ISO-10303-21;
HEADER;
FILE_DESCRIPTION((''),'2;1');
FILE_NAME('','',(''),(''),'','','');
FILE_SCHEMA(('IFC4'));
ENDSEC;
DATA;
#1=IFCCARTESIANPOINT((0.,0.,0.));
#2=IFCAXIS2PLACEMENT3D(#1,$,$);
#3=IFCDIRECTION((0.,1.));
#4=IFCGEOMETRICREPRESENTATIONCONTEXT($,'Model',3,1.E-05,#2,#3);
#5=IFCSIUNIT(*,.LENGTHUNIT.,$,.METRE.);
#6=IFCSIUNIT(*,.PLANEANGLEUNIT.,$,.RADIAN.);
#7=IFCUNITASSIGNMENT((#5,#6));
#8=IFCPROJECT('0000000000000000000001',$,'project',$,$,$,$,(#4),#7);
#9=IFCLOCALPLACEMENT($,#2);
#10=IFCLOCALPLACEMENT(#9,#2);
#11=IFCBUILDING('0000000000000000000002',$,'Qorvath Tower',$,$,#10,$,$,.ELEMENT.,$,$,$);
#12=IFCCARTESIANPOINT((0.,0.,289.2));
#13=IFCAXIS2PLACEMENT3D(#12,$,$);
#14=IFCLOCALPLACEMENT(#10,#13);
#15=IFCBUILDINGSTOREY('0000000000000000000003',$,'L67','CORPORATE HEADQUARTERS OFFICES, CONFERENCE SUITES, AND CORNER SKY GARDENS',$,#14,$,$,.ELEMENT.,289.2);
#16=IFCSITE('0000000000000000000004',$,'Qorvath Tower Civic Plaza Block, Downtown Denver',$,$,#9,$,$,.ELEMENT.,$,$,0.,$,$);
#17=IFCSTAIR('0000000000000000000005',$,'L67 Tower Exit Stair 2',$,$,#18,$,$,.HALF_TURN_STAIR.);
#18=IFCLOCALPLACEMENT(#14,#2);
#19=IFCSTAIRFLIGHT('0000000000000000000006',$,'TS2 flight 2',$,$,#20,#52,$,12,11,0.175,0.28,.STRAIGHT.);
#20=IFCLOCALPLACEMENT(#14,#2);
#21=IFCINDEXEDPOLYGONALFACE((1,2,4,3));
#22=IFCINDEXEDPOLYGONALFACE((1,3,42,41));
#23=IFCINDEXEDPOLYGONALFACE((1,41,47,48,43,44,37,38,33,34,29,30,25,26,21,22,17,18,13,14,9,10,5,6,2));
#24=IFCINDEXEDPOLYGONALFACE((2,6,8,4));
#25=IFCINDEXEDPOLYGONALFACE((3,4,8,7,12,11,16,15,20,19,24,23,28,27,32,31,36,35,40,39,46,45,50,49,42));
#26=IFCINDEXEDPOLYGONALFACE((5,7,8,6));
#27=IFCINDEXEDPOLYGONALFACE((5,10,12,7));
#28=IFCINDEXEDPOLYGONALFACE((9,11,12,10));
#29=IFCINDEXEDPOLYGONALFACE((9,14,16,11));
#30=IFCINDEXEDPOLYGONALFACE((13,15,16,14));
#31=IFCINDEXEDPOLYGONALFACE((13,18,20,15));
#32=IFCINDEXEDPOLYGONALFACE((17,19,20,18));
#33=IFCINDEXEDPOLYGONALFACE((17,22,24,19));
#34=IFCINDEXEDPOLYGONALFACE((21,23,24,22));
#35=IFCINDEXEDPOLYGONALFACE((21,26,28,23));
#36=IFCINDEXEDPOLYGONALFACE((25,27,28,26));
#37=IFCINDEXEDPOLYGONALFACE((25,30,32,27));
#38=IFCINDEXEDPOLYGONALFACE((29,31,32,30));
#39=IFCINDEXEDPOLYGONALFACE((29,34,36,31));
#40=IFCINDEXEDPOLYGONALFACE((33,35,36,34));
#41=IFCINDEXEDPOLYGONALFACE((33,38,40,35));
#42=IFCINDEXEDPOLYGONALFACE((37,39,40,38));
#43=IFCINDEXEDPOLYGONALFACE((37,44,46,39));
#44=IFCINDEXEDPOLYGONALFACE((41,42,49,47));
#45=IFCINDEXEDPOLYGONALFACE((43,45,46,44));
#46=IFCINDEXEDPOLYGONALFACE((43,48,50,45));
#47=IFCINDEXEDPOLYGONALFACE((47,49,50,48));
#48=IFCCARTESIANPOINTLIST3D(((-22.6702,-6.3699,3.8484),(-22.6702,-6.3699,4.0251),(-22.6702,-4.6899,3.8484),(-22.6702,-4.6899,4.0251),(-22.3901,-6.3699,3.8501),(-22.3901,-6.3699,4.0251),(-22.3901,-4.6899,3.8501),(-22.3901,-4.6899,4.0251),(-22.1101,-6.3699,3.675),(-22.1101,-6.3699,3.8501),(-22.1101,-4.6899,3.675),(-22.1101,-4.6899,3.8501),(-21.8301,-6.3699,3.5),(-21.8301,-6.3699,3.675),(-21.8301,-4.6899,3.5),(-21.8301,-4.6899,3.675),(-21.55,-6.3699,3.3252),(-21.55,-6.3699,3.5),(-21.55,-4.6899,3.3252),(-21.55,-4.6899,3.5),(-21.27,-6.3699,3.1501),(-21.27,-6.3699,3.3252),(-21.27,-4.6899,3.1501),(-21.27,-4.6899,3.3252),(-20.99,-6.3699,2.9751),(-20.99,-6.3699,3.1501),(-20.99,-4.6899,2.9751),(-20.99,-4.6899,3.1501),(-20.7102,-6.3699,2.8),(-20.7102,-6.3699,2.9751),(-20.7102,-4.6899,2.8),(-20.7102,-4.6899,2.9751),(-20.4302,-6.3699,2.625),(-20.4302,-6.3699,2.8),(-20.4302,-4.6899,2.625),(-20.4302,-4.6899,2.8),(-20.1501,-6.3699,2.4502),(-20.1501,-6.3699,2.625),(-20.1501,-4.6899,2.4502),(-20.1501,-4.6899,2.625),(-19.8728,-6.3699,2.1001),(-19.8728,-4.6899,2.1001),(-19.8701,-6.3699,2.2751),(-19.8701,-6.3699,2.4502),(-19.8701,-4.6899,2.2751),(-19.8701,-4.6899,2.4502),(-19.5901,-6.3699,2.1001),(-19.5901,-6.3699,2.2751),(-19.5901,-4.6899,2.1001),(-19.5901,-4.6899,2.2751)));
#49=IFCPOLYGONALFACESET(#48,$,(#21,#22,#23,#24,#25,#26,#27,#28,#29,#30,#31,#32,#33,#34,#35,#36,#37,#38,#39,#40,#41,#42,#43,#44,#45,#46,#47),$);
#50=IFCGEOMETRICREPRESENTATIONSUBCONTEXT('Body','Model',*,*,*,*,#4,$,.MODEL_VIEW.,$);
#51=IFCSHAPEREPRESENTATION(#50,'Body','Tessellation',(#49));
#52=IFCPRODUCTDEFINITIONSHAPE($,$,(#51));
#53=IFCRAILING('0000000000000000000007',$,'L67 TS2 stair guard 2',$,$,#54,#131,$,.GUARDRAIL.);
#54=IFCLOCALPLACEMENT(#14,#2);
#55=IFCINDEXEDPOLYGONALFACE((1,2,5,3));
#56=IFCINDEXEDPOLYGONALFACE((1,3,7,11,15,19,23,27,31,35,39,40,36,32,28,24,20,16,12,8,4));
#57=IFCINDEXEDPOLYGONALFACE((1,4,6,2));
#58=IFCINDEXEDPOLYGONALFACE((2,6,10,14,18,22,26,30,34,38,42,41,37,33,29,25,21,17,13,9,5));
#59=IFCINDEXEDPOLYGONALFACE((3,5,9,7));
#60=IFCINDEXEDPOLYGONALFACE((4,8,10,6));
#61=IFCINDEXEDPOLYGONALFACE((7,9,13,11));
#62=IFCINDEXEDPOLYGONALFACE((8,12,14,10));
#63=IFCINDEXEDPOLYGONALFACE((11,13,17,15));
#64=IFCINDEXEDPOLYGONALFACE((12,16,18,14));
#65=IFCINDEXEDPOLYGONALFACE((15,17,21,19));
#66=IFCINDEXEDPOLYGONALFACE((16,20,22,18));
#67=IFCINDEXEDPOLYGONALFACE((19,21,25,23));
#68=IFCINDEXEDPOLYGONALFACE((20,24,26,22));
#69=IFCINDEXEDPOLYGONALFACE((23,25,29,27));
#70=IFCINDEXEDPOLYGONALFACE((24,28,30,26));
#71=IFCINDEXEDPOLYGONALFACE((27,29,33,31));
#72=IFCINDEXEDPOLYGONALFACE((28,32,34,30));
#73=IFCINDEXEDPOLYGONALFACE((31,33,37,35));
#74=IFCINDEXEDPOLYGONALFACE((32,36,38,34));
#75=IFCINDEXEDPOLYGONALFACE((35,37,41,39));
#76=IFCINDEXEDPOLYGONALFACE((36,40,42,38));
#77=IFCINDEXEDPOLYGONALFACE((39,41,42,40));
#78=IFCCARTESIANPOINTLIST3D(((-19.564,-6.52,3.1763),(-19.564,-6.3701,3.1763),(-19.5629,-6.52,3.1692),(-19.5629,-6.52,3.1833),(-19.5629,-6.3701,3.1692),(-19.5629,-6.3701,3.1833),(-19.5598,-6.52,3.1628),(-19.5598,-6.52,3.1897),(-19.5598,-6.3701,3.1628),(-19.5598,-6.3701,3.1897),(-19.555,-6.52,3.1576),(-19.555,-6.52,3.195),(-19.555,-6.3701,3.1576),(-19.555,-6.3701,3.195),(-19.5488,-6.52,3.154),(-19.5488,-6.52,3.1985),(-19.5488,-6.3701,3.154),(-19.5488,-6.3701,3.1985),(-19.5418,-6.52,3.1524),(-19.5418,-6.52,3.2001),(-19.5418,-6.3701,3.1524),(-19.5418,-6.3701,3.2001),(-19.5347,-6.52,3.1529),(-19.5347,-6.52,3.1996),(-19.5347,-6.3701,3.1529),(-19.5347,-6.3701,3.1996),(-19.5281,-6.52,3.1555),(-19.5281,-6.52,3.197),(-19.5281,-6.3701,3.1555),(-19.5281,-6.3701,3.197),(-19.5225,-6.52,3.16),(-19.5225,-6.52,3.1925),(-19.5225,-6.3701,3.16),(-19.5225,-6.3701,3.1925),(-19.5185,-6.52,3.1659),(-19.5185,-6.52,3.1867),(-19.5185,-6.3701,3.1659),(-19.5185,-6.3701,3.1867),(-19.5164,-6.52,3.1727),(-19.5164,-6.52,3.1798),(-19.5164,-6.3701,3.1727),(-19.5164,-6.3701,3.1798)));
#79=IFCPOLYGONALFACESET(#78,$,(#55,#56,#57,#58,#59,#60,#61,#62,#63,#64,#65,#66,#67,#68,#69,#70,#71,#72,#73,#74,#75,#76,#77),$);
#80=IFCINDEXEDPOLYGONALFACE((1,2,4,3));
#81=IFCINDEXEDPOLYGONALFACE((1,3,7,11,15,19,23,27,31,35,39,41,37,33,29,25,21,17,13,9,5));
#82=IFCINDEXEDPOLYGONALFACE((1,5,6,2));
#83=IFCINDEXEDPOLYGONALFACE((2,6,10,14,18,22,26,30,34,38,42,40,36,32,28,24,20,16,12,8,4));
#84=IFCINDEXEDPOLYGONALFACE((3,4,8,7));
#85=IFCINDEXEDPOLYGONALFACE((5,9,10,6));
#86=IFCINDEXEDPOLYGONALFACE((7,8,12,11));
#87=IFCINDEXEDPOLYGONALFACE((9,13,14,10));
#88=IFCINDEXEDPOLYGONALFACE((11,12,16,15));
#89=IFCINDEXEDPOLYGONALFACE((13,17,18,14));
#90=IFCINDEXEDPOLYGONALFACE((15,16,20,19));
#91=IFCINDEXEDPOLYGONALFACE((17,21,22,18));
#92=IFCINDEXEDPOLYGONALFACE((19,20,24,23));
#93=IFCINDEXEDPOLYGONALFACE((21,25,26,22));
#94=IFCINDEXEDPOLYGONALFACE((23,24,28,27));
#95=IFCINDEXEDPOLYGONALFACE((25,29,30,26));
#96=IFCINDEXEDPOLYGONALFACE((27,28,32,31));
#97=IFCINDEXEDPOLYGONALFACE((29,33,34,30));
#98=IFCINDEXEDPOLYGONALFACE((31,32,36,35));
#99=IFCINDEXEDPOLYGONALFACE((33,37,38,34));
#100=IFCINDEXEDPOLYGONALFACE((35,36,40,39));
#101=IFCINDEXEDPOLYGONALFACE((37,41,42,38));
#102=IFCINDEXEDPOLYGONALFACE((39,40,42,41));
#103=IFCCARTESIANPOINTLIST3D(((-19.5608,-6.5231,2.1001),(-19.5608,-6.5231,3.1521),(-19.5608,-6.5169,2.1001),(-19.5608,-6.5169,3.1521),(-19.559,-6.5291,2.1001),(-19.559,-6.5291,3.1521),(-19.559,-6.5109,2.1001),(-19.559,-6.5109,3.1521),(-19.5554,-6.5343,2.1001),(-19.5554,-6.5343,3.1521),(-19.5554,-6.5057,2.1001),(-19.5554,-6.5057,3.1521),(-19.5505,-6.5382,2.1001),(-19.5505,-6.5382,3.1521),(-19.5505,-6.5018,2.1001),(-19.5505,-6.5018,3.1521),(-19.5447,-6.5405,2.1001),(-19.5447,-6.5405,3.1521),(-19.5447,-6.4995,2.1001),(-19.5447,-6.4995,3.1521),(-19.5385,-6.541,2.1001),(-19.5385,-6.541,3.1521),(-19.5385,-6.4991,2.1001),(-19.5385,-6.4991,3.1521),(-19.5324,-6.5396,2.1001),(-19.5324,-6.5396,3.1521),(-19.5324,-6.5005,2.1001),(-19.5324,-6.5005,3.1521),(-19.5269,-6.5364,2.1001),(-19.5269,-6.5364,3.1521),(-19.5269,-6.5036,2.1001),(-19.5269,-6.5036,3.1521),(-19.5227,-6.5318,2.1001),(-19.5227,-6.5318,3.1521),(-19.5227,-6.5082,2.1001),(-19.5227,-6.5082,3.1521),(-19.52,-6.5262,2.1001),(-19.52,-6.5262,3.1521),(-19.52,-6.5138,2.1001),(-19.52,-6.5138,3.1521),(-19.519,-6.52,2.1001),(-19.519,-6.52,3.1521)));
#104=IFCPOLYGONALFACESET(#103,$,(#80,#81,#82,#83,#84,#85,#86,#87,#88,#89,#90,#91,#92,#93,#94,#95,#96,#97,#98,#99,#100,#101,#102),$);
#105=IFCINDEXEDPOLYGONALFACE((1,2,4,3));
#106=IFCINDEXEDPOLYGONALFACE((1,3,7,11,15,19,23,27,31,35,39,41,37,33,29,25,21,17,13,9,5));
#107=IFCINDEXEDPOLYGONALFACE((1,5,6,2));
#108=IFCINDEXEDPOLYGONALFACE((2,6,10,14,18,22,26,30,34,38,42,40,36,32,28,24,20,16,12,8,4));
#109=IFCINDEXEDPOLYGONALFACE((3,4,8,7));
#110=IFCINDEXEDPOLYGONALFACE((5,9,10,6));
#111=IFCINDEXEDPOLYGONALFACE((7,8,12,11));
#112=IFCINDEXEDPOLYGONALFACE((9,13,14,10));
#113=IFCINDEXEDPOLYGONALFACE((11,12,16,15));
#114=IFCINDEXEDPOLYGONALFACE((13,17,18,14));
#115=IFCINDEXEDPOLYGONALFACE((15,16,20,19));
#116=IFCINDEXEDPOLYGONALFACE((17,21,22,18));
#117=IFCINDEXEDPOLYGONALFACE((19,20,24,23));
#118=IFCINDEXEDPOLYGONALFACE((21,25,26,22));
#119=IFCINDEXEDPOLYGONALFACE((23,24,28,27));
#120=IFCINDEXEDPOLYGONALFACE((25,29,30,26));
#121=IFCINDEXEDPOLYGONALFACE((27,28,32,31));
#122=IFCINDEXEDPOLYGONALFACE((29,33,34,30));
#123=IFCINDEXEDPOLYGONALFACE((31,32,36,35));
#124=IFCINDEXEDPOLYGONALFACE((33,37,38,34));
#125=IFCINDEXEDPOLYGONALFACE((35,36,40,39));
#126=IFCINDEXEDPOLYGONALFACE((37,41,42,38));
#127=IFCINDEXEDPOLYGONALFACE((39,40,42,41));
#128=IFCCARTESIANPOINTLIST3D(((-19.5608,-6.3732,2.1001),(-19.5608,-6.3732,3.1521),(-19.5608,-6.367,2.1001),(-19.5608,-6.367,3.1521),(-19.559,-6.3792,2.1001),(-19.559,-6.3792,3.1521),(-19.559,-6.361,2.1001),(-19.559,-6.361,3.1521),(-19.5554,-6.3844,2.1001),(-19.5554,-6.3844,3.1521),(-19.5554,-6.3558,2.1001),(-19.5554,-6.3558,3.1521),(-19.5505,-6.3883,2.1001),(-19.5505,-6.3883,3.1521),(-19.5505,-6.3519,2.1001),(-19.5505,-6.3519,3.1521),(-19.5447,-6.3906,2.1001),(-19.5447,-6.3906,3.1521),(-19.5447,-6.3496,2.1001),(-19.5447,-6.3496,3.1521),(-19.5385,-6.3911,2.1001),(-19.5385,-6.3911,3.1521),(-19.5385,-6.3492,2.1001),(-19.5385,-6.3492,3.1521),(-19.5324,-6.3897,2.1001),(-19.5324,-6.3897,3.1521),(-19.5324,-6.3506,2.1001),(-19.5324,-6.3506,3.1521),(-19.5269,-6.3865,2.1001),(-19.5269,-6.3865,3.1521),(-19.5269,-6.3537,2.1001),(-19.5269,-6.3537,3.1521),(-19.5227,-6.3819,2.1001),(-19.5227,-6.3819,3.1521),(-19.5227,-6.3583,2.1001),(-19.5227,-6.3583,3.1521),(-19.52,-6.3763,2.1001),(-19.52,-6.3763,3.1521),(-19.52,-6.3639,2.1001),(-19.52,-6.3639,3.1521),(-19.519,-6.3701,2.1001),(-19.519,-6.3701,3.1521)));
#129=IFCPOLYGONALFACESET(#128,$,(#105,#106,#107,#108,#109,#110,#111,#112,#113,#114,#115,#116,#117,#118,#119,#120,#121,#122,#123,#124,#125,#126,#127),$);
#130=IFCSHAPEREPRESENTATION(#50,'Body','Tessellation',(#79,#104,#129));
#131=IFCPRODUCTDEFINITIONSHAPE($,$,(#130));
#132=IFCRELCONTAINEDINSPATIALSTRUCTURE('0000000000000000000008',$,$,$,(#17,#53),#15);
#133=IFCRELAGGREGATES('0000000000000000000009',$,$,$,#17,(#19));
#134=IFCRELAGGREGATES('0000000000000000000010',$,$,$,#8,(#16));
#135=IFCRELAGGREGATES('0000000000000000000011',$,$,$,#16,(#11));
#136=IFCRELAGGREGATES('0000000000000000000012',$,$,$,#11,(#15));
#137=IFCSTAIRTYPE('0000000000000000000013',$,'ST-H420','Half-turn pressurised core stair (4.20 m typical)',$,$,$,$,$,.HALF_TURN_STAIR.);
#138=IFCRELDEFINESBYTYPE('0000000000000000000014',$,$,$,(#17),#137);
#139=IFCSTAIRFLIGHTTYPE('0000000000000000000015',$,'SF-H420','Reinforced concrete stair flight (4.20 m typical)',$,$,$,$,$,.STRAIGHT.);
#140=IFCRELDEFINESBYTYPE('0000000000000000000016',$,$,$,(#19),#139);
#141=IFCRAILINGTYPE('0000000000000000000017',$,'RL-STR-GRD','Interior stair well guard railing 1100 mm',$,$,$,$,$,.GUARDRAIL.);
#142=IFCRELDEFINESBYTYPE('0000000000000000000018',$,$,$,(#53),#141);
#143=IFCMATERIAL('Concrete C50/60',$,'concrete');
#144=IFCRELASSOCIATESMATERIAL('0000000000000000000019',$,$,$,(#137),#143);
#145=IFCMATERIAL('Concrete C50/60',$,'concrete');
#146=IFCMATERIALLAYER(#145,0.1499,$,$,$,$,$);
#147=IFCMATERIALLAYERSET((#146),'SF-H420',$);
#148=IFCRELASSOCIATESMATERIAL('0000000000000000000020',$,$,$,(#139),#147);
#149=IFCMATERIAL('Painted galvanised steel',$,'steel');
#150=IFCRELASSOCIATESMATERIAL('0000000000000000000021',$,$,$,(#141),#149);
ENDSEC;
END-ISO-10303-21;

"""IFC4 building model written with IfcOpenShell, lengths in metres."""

from ifc_helpers import new_model, si_unit, direction, frame, origin, origin_2d, place, context, subcontext, project, spatial, polyline, circle, outline, extrude, material, layer, layer_set, type_object, element, aggregate, save


model = new_model("IFC4")

# Units and contexts
model_context = context("Model", 3, precision=1e-05, world=origin(), true_north=direction((0.0, 1.0)))
body_context = subcontext(model_context, "Body", "Model", "MODEL_VIEW")
ifc_project = project(units=[si_unit("LENGTHUNIT", "METRE"), si_unit("PLANEANGLEUNIT", "RADIAN")], contexts=[model_context])

# Site, building, storey
site_placement = place(None, origin())
site = spatial("IfcSite", under=ifc_project, at=site_placement, Name="Qorvath Tower Civic Plaza Block, Downtown Denver", CompositionType="ELEMENT", RefElevation=0.0)
building_placement = place(site_placement, origin())
building = spatial("IfcBuilding", under=site, at=building_placement, Name="Qorvath Tower", CompositionType="ELEMENT")
storey_placement = place(building_placement, frame((0.0, 0.0, 289.2)))
storey = spatial("IfcBuildingStorey", under=building, at=storey_placement, Name="L67", Description="CORPORATE HEADQUARTERS OFFICES, CONFERENCE SUITES, AND CORNER SKY GARDENS", CompositionType="ELEMENT", Elevation=289.2)

# Stair, stair flight
ifc_material_1 = material(Name="Concrete C50/60", Category="concrete")
stair_type = type_object("IfcStairType", Name="ST-H420", Description="Half-turn pressurised core stair (4.20 m typical)", PredefinedType="HALF_TURN_STAIR", material=ifc_material_1)
stair_placement = place(storey_placement, origin())
stair = element("IfcStair", 1, at=stair_placement, inside=storey, type_object=stair_type, Name="L67 Tower Exit Stair 2", PredefinedType="HALF_TURN_STAIR")
ifc_material_2 = material(Name="Concrete C50/60", Category="concrete")
ifc_layer_1 = layer(ifc_material_2, 0.1499)
ifc_layer_set_1 = layer_set([ifc_layer_1], Name="SF-H420")
stair_flight_type = type_object("IfcStairFlightType", Name="SF-H420", Description="Reinforced concrete stair flight (4.20 m typical)", PredefinedType="STRAIGHT", material=ifc_layer_set_1)
stair_flight_placement = place(storey_placement, frame((-19.5901, -5.53, 2.1001), z_axis=(0.0, 0.0, 1.0), x_axis=(-1.0, 0.0, 0.0)))
stair_flight = element("IfcStairFlight", 2, at=stair_flight_placement, type_object=stair_flight_type, Name="TS2 flight 2", NumberOfRisers=12, NumberOfTreads=11, PredefinedType="STRAIGHT", RiserHeight=0.175, TreadLength=0.28, context=body_context, shape_type="SweptSolid", body=[
    extrude(outline(polyline([(0.0, 0.0), (0.0, 0.175), (0.28, 0.175), (0.28, 0.3501), (0.5601, 0.3501), (0.5601, 0.5249), (0.8401, 0.5249), (0.8401, 0.7), (1.1201, 0.7), (1.1201, 0.875), (1.3999, 0.875), (1.3999, 1.05), (1.6799, 1.05), (1.6799, 1.2251), (1.96, 1.2251), (1.96, 1.3999), (2.24, 1.3999), (2.24, 1.575), (2.52, 1.575), (2.52, 1.75), (2.8, 1.75), (2.8, 1.925), (3.0801, 1.925), (3.0801, 2.1001), (3.0801, 1.7483), (0.2827, 0.0), (0.0, 0.0)])), frame((0.0, 0.8398, 0.0), z_axis=(0.0, -1.0, 0.0), x_axis=(1.0, 0.0, 0.0)), (0.0, 0.0, 1.0), 1.6799),
])
aggregate(stair, [stair_flight])

# Railing
ifc_material_3 = material(Name="Painted galvanised steel", Category="steel")
railing_type = type_object("IfcRailingType", Name="RL-STR-GRD", Description="Interior stair well guard railing 1100 mm", PredefinedType="GUARDRAIL", material=ifc_material_3)
railing_1_placement = place(storey_placement, frame((-19.54, -6.52, 2.1001)))
element("IfcRailing", 3, at=railing_1_placement, inside=storey, type_object=railing_type, Name="L67 TS2 stair guard 2", PredefinedType="GUARDRAIL", context=body_context, shape_type="SweptSolid", body=[
    extrude(circle(Radius=0.0239, at=origin_2d()), frame((0.0, 0.0, 1.0762), z_axis=(0.0, 1.0, 0.0), x_axis=(-1.0, 0.0, 0.0)), (0.0, 0.0, 1.0), 0.1499),
    extrude(circle(Radius=0.021, at=origin_2d()), origin(), (0.0, 0.0, 1.0), 1.052),
    extrude(circle(Radius=0.021, at=origin_2d()), frame((0.0, 0.1499, 0.0)), (0.0, 0.0, 1.0), 1.052),
])

save(model, "model.ifc")
